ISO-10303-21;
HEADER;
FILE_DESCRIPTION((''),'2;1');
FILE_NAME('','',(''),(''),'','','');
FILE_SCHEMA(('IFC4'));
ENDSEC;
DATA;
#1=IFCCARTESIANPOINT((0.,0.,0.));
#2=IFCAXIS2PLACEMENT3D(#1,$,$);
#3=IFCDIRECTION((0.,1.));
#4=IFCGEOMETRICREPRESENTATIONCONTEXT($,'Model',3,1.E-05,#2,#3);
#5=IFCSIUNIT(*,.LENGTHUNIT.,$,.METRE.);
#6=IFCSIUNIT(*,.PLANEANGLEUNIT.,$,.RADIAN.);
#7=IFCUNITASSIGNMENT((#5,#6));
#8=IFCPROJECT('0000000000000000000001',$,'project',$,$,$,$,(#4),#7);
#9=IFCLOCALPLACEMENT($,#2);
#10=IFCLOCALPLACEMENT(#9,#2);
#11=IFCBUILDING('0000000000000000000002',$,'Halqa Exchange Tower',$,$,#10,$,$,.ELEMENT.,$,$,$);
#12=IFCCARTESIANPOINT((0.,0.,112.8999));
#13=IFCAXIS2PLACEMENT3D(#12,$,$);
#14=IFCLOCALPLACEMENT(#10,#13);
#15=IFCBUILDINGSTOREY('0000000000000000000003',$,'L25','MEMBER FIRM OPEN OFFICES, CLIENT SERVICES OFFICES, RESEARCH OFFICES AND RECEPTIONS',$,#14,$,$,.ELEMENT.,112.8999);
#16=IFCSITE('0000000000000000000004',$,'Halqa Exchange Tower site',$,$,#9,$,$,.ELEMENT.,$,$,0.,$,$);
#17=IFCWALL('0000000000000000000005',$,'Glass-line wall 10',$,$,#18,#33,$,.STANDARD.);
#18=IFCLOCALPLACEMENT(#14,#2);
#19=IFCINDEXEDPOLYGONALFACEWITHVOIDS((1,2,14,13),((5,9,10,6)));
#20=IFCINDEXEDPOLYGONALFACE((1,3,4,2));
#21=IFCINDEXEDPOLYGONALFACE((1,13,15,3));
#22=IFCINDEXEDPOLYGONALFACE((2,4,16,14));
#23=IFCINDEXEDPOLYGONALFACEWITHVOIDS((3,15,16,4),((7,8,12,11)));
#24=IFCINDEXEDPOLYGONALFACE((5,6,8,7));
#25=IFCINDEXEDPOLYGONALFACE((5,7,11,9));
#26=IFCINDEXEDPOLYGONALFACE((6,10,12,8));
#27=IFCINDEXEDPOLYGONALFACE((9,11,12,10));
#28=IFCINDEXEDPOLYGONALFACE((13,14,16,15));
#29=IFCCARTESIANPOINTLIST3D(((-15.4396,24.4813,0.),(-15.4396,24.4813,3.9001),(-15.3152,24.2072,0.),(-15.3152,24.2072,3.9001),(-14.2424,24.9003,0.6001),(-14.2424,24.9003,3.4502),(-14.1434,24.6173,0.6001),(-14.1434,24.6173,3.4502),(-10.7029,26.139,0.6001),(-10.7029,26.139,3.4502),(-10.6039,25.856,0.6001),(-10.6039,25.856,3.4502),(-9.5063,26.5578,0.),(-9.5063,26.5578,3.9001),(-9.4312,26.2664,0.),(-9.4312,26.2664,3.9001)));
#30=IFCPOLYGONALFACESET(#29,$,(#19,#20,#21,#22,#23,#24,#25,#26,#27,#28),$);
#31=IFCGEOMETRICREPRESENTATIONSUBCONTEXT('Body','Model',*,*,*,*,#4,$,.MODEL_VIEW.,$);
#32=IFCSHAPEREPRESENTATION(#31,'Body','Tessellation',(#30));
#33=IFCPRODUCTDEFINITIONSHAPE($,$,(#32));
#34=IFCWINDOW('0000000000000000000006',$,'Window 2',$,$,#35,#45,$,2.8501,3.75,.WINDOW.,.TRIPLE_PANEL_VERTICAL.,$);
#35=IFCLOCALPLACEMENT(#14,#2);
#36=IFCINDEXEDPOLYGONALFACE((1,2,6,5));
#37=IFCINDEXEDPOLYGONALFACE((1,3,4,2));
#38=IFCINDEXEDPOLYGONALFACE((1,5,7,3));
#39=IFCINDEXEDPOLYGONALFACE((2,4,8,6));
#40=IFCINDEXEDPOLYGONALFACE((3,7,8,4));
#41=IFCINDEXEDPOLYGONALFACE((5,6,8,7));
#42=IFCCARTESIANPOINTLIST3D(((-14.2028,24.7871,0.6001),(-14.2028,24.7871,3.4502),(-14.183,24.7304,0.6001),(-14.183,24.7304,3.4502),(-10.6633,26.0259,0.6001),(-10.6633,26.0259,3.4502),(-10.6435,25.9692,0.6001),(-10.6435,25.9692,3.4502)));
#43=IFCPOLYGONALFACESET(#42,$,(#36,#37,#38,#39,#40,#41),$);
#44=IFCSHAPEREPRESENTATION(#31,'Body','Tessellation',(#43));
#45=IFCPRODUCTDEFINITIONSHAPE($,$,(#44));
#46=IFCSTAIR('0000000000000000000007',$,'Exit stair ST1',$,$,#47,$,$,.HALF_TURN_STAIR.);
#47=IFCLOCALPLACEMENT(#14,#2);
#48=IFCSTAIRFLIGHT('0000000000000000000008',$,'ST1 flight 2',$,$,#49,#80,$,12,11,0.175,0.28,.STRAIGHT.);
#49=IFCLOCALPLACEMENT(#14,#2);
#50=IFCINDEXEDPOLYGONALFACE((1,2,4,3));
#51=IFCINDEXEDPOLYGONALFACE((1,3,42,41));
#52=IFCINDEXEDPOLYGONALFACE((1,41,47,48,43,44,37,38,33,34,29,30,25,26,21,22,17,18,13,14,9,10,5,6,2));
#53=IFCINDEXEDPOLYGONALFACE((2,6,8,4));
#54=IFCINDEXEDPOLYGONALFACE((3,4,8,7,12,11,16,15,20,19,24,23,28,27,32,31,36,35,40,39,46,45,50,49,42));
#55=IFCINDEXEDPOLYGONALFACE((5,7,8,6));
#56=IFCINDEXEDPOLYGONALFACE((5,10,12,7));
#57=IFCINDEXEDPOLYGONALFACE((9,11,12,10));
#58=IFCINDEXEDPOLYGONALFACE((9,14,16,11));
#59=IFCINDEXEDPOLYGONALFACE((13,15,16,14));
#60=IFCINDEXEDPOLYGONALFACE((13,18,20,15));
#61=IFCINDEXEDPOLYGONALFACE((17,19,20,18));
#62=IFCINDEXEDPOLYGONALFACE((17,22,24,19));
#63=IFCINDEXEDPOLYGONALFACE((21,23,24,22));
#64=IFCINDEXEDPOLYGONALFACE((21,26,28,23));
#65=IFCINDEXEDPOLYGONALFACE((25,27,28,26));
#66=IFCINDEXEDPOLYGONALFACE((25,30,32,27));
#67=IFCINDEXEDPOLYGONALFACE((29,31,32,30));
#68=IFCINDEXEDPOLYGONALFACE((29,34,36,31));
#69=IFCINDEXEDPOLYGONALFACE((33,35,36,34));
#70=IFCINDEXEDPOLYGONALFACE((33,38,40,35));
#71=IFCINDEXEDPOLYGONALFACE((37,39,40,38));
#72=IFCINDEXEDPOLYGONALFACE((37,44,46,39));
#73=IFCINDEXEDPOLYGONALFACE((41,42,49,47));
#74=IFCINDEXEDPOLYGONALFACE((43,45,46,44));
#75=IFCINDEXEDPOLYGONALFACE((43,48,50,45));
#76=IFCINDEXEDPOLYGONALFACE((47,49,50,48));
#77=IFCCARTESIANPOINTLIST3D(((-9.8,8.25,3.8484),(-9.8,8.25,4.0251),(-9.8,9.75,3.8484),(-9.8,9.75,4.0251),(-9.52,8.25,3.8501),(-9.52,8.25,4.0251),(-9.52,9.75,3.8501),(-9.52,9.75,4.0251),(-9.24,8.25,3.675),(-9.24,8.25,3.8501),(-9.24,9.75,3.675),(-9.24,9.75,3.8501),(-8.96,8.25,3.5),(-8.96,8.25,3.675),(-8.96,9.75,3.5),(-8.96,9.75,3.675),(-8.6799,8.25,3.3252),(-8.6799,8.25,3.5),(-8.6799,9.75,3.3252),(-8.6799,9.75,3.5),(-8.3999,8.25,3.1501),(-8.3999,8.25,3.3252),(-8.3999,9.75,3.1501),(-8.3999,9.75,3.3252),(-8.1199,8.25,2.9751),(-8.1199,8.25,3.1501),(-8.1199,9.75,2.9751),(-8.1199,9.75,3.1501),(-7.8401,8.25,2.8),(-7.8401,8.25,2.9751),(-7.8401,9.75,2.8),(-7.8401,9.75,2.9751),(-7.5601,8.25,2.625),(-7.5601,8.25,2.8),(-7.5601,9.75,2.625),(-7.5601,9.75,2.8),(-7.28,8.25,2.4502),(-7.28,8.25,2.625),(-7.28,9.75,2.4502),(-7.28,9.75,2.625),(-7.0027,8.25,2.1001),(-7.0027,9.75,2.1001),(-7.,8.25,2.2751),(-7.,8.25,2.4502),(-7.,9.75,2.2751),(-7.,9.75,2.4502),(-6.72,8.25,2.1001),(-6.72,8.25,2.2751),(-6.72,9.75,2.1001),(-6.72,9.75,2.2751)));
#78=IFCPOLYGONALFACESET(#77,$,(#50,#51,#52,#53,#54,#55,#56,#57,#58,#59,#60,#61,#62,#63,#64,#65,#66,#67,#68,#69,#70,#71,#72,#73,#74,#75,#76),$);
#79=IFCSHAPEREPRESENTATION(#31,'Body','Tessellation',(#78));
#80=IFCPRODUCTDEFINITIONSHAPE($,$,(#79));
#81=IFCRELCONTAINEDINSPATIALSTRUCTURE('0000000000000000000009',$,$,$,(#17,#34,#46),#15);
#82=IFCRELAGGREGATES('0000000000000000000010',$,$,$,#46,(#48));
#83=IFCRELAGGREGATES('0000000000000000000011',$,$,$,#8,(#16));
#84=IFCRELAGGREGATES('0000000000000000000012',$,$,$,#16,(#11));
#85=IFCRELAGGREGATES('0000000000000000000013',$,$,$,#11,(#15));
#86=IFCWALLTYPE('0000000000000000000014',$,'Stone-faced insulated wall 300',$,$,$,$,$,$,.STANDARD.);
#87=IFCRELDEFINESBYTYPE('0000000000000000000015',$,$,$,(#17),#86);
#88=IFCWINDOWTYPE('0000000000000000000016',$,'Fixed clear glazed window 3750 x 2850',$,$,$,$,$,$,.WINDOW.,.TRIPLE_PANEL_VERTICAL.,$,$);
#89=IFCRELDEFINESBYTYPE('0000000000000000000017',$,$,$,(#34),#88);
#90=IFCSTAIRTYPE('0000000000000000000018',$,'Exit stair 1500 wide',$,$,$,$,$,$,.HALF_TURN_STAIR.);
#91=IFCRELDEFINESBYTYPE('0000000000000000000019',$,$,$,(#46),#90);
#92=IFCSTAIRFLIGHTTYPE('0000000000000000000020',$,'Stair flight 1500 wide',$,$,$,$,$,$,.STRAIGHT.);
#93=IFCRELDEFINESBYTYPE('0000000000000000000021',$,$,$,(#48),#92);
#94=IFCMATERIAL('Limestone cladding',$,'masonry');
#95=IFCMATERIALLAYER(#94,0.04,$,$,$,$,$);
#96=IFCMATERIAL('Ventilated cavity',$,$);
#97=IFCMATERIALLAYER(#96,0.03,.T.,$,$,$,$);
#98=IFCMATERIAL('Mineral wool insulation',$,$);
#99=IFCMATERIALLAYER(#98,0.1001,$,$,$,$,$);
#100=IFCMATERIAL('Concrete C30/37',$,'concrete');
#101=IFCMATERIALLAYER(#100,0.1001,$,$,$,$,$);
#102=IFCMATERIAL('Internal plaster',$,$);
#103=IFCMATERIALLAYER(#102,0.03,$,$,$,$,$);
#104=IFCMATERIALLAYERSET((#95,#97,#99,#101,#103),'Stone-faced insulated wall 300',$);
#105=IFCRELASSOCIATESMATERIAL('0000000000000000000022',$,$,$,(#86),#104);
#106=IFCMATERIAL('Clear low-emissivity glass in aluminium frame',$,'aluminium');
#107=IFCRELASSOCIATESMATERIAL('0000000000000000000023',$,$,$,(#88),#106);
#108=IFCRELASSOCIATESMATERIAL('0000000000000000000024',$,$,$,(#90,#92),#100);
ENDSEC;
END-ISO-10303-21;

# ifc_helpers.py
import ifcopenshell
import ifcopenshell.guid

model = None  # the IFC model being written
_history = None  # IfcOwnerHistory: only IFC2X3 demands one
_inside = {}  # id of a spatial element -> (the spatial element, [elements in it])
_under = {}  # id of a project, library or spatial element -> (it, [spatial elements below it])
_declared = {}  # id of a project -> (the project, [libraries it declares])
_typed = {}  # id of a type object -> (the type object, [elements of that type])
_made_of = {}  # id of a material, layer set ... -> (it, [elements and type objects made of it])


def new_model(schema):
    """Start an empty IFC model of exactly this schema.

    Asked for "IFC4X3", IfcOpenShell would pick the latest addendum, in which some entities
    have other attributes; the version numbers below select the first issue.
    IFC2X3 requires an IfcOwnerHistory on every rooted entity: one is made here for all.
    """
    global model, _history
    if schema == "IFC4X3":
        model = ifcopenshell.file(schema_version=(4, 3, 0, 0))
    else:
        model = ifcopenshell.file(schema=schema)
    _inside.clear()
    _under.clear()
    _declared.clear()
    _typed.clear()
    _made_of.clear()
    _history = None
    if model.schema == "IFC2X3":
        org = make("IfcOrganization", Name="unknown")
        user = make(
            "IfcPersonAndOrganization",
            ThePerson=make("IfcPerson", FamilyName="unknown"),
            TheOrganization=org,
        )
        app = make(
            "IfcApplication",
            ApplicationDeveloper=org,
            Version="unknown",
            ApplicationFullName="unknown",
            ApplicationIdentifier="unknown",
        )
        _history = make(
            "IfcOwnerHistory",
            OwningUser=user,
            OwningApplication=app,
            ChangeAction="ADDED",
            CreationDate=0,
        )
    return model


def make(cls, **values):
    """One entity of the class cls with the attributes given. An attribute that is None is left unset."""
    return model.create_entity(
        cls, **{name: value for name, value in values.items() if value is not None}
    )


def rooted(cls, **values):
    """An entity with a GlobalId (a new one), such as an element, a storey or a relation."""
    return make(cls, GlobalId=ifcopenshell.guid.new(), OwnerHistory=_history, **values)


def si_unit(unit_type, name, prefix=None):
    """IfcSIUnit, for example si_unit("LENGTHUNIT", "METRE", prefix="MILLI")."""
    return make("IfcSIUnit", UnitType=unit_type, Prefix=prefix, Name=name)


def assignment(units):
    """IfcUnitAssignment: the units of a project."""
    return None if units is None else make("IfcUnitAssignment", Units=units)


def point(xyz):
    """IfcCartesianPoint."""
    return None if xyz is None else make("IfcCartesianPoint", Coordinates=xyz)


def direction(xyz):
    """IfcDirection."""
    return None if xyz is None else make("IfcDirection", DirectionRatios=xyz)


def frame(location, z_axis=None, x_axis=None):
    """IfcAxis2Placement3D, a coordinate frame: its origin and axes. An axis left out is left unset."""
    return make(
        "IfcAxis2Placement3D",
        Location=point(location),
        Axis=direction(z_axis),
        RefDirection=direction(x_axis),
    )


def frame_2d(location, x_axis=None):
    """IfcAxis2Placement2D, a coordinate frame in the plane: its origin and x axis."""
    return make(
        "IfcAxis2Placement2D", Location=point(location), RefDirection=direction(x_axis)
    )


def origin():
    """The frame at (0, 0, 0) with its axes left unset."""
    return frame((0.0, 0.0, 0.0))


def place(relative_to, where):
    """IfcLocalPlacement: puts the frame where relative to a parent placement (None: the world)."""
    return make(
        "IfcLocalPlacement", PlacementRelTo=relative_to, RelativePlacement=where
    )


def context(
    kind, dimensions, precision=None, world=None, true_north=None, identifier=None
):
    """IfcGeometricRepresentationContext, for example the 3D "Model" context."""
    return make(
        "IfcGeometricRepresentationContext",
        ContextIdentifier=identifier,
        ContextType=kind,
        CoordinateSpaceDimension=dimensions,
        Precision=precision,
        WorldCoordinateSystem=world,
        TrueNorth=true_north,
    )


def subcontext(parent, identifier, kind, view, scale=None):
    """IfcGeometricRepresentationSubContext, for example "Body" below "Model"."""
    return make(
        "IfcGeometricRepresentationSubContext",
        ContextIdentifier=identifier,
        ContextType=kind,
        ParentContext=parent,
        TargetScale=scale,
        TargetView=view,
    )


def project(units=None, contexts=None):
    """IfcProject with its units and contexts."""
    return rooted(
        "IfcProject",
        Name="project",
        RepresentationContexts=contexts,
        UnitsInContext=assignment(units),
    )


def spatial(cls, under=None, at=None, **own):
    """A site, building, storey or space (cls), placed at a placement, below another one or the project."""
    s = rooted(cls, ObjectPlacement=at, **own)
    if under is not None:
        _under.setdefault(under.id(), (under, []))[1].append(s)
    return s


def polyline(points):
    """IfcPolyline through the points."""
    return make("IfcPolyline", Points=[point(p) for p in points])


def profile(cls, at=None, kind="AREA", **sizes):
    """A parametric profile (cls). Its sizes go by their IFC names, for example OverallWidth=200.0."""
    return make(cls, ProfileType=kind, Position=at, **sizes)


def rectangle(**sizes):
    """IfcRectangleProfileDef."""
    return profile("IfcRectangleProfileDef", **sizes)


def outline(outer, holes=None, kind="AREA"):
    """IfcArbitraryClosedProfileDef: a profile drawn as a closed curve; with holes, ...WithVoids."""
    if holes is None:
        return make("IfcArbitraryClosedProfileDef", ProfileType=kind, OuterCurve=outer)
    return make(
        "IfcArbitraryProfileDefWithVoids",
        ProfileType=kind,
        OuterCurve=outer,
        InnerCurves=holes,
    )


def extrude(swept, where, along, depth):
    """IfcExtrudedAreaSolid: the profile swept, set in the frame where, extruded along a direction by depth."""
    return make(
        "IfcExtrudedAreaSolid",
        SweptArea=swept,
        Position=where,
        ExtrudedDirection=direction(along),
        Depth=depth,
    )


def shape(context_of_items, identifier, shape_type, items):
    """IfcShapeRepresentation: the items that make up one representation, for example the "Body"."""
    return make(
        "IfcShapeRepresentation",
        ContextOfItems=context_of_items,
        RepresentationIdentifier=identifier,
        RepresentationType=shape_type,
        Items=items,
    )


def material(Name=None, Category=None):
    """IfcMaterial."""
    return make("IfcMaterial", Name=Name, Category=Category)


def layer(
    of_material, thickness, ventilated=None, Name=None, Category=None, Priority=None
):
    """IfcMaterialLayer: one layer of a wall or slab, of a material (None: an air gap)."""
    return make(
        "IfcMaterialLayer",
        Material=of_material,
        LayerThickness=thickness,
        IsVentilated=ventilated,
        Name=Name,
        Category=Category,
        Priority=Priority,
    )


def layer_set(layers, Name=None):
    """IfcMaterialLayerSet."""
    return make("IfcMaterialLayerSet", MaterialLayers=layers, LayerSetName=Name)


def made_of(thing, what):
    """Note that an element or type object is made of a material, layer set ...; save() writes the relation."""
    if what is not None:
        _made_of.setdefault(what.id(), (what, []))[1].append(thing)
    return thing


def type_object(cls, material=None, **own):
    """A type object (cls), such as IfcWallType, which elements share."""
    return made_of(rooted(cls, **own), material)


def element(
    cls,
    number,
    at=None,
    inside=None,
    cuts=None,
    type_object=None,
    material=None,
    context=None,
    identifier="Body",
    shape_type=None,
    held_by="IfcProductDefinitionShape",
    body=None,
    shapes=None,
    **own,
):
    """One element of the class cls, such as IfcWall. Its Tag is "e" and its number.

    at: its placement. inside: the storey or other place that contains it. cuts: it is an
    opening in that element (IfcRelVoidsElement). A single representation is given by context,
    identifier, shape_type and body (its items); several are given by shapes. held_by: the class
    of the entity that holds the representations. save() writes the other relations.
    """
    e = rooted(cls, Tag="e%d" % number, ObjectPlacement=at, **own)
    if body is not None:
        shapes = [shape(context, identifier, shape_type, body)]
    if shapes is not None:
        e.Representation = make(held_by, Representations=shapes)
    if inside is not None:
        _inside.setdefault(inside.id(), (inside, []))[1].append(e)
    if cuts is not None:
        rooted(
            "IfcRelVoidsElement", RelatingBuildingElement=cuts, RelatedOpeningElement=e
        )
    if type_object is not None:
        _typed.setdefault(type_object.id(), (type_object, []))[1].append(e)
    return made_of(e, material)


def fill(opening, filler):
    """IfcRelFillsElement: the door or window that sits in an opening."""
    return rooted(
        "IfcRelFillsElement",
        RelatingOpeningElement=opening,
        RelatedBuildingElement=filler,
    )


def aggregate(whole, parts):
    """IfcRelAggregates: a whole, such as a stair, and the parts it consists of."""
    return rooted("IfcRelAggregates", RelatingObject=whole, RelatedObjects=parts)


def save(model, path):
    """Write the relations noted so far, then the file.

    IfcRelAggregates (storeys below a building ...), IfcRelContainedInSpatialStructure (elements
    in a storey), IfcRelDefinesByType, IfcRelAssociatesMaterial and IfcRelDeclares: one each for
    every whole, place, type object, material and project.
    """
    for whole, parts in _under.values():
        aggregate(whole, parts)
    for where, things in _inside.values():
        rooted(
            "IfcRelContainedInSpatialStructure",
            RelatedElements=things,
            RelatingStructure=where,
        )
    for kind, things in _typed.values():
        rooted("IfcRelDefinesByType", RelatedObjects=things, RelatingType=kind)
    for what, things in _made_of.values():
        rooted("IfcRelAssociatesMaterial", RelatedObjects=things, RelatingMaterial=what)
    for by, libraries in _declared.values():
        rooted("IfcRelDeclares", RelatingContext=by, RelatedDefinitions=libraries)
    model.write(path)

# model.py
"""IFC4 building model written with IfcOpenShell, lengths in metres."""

from ifc_helpers import new_model, si_unit, direction, frame, frame_2d, origin, place, context, subcontext, project, spatial, polyline, rectangle, outline, extrude, material, layer, layer_set, type_object, element, fill, aggregate, save


model = new_model("IFC4")

# Units and contexts
model_context = context("Model", 3, precision=1e-05, world=origin(), true_north=direction((0.0, 1.0)))
body_context = subcontext(model_context, "Body", "Model", "MODEL_VIEW")
ifc_project = project(units=[si_unit("LENGTHUNIT", "METRE"), si_unit("PLANEANGLEUNIT", "RADIAN")], contexts=[model_context])

# Site, building, storey
site_placement = place(None, origin())
site = spatial("IfcSite", under=ifc_project, at=site_placement, Name="Halqa Exchange Tower site", CompositionType="ELEMENT", RefElevation=0.0)
building_placement = place(site_placement, origin())
building = spatial("IfcBuilding", under=site, at=building_placement, Name="Halqa Exchange Tower", CompositionType="ELEMENT")
storey_placement = place(building_placement, frame((0.0, 0.0, 112.8999)))
storey = spatial("IfcBuildingStorey", under=building, at=storey_placement, Name="L25", Description="MEMBER FIRM OPEN OFFICES, CLIENT SERVICES OFFICES, RESEARCH OFFICES AND RECEPTIONS", CompositionType="ELEMENT", Elevation=112.8999)

# Shared definitions
ifc_material_1 = material(Name="Concrete C30/37", Category="concrete")

# Wall, opening, window
ifc_material_2 = material(Name="Limestone cladding", Category="masonry")
ifc_layer_1 = layer(ifc_material_2, 0.04)
ifc_material_3 = material(Name="Ventilated cavity")
ifc_layer_2 = layer(ifc_material_3, 0.03, ventilated=True)
ifc_material_4 = material(Name="Mineral wool insulation")
ifc_layer_3 = layer(ifc_material_4, 0.1001)
ifc_layer_4 = layer(ifc_material_1, 0.1001)
ifc_material_5 = material(Name="Internal plaster")
ifc_layer_5 = layer(ifc_material_5, 0.03)
ifc_layer_set_1 = layer_set([ifc_layer_1, ifc_layer_2, ifc_layer_3, ifc_layer_4, ifc_layer_5], Name="Stone-faced insulated wall 300")
wall_type_1 = type_object("IfcWallType", Name="Stone-faced insulated wall 300", PredefinedType="STANDARD", material=ifc_layer_set_1)
ifc_material_6 = material(Name="Clear low-emissivity glass in aluminium frame", Category="aluminium")
window_type = type_object("IfcWindowType", Name="Fixed clear glazed window 3750 x 2850", PartitioningType="TRIPLE_PANEL_VERTICAL", PredefinedType="WINDOW", material=ifc_material_6)
wall_1_placement = place(storey_placement, frame((-9.4688, 26.4121, 0.0), z_axis=(0.0, 0.0, 1.0), x_axis=(-0.943867, -0.330326, 0.0)))
wall_1 = element("IfcWall", 1, at=wall_1_placement, inside=storey, type_object=wall_type_1, Name="Glass-line wall 10", PredefinedType="STANDARD", context=body_context, shape_type="SweptSolid", body=[
    extrude(outline(polyline([(-0.0127, -0.1499), (6.2734, -0.1499), (6.2466, 0.1499), (0.0127, 0.1499), (-0.0127, -0.1499)])), origin(), (0.0, 0.0, 1.0), 3.9001),
])
opening_1_placement = place(wall_1_placement, frame((1.2551, 0.0, 0.6001)))
opening_1 = element("IfcOpeningElement", 2, at=opening_1_placement, cuts=wall_1, PredefinedType="OPENING", context=body_context, shape_type="SweptSolid", body=[
    extrude(rectangle(XDim=3.75, YDim=2.8501, at=frame_2d((1.875, 1.425))), frame((0.0, 0.1621, 0.0), z_axis=(0.0, -1.0, 0.0), x_axis=(1.0, 0.0, 0.0)), (0.0, 0.0, 1.0), 0.324),
])
window_1_placement = place(opening_1_placement, origin())
window_1 = element("IfcWindow", 3, at=window_1_placement, inside=storey, type_object=window_type, Name="Window 2", OverallHeight=2.8501, OverallWidth=3.75, PartitioningType="TRIPLE_PANEL_VERTICAL", PredefinedType="WINDOW", context=body_context, shape_type="SweptSolid", body=[
    extrude(rectangle(XDim=3.75, YDim=2.8501, at=frame_2d((1.875, 1.425))), frame((0.0, 0.03, 0.0), z_axis=(0.0, -1.0, 0.0), x_axis=(1.0, 0.0, 0.0)), (0.0, 0.0, 1.0), 0.0601),
])
fill(opening_1, window_1)

# Stair, stair flight
stair_type = type_object("IfcStairType", Name="Exit stair 1500 wide", PredefinedType="HALF_TURN_STAIR", material=ifc_material_1)
stair_placement = place(storey_placement, origin())
stair = element("IfcStair", 4, at=stair_placement, inside=storey, type_object=stair_type, Name="Exit stair ST1", PredefinedType="HALF_TURN_STAIR")
stair_flight_type = type_object("IfcStairFlightType", Name="Stair flight 1500 wide", PredefinedType="STRAIGHT", material=ifc_material_1)
stair_flight_placement = place(storey_placement, frame((-6.72, 9.0, 2.1001), z_axis=(0.0, 0.0, 1.0), x_axis=(-1.0, 0.0, 0.0)))
stair_flight = element("IfcStairFlight", 5, at=stair_flight_placement, type_object=stair_flight_type, Name="ST1 flight 2", NumberOfRisers=12, NumberOfTreads=11, PredefinedType="STRAIGHT", RiserHeight=0.175, TreadLength=0.28, context=body_context, shape_type="SweptSolid", body=[
    extrude(outline(polyline([(0.0, 0.0), (0.0, 0.175), (0.28, 0.175), (0.28, 0.3501), (0.5601, 0.3501), (0.5601, 0.5249), (0.8401, 0.5249), (0.8401, 0.7), (1.1201, 0.7), (1.1201, 0.875), (1.3999, 0.875), (1.3999, 1.05), (1.6799, 1.05), (1.6799, 1.2251), (1.96, 1.2251), (1.96, 1.3999), (2.24, 1.3999), (2.24, 1.575), (2.52, 1.575), (2.52, 1.75), (2.8, 1.75), (2.8, 1.925), (3.0801, 1.925), (3.0801, 2.1001), (3.0801, 1.7483), (0.2827, 0.0), (0.0, 0.0)])), frame((0.0, 0.75, 0.0), z_axis=(0.0, -1.0, 0.0), x_axis=(1.0, 0.0, 0.0)), (0.0, 0.0, 1.0), 1.5),
])
aggregate(stair, [stair_flight])

save(model, "model.ifc")
